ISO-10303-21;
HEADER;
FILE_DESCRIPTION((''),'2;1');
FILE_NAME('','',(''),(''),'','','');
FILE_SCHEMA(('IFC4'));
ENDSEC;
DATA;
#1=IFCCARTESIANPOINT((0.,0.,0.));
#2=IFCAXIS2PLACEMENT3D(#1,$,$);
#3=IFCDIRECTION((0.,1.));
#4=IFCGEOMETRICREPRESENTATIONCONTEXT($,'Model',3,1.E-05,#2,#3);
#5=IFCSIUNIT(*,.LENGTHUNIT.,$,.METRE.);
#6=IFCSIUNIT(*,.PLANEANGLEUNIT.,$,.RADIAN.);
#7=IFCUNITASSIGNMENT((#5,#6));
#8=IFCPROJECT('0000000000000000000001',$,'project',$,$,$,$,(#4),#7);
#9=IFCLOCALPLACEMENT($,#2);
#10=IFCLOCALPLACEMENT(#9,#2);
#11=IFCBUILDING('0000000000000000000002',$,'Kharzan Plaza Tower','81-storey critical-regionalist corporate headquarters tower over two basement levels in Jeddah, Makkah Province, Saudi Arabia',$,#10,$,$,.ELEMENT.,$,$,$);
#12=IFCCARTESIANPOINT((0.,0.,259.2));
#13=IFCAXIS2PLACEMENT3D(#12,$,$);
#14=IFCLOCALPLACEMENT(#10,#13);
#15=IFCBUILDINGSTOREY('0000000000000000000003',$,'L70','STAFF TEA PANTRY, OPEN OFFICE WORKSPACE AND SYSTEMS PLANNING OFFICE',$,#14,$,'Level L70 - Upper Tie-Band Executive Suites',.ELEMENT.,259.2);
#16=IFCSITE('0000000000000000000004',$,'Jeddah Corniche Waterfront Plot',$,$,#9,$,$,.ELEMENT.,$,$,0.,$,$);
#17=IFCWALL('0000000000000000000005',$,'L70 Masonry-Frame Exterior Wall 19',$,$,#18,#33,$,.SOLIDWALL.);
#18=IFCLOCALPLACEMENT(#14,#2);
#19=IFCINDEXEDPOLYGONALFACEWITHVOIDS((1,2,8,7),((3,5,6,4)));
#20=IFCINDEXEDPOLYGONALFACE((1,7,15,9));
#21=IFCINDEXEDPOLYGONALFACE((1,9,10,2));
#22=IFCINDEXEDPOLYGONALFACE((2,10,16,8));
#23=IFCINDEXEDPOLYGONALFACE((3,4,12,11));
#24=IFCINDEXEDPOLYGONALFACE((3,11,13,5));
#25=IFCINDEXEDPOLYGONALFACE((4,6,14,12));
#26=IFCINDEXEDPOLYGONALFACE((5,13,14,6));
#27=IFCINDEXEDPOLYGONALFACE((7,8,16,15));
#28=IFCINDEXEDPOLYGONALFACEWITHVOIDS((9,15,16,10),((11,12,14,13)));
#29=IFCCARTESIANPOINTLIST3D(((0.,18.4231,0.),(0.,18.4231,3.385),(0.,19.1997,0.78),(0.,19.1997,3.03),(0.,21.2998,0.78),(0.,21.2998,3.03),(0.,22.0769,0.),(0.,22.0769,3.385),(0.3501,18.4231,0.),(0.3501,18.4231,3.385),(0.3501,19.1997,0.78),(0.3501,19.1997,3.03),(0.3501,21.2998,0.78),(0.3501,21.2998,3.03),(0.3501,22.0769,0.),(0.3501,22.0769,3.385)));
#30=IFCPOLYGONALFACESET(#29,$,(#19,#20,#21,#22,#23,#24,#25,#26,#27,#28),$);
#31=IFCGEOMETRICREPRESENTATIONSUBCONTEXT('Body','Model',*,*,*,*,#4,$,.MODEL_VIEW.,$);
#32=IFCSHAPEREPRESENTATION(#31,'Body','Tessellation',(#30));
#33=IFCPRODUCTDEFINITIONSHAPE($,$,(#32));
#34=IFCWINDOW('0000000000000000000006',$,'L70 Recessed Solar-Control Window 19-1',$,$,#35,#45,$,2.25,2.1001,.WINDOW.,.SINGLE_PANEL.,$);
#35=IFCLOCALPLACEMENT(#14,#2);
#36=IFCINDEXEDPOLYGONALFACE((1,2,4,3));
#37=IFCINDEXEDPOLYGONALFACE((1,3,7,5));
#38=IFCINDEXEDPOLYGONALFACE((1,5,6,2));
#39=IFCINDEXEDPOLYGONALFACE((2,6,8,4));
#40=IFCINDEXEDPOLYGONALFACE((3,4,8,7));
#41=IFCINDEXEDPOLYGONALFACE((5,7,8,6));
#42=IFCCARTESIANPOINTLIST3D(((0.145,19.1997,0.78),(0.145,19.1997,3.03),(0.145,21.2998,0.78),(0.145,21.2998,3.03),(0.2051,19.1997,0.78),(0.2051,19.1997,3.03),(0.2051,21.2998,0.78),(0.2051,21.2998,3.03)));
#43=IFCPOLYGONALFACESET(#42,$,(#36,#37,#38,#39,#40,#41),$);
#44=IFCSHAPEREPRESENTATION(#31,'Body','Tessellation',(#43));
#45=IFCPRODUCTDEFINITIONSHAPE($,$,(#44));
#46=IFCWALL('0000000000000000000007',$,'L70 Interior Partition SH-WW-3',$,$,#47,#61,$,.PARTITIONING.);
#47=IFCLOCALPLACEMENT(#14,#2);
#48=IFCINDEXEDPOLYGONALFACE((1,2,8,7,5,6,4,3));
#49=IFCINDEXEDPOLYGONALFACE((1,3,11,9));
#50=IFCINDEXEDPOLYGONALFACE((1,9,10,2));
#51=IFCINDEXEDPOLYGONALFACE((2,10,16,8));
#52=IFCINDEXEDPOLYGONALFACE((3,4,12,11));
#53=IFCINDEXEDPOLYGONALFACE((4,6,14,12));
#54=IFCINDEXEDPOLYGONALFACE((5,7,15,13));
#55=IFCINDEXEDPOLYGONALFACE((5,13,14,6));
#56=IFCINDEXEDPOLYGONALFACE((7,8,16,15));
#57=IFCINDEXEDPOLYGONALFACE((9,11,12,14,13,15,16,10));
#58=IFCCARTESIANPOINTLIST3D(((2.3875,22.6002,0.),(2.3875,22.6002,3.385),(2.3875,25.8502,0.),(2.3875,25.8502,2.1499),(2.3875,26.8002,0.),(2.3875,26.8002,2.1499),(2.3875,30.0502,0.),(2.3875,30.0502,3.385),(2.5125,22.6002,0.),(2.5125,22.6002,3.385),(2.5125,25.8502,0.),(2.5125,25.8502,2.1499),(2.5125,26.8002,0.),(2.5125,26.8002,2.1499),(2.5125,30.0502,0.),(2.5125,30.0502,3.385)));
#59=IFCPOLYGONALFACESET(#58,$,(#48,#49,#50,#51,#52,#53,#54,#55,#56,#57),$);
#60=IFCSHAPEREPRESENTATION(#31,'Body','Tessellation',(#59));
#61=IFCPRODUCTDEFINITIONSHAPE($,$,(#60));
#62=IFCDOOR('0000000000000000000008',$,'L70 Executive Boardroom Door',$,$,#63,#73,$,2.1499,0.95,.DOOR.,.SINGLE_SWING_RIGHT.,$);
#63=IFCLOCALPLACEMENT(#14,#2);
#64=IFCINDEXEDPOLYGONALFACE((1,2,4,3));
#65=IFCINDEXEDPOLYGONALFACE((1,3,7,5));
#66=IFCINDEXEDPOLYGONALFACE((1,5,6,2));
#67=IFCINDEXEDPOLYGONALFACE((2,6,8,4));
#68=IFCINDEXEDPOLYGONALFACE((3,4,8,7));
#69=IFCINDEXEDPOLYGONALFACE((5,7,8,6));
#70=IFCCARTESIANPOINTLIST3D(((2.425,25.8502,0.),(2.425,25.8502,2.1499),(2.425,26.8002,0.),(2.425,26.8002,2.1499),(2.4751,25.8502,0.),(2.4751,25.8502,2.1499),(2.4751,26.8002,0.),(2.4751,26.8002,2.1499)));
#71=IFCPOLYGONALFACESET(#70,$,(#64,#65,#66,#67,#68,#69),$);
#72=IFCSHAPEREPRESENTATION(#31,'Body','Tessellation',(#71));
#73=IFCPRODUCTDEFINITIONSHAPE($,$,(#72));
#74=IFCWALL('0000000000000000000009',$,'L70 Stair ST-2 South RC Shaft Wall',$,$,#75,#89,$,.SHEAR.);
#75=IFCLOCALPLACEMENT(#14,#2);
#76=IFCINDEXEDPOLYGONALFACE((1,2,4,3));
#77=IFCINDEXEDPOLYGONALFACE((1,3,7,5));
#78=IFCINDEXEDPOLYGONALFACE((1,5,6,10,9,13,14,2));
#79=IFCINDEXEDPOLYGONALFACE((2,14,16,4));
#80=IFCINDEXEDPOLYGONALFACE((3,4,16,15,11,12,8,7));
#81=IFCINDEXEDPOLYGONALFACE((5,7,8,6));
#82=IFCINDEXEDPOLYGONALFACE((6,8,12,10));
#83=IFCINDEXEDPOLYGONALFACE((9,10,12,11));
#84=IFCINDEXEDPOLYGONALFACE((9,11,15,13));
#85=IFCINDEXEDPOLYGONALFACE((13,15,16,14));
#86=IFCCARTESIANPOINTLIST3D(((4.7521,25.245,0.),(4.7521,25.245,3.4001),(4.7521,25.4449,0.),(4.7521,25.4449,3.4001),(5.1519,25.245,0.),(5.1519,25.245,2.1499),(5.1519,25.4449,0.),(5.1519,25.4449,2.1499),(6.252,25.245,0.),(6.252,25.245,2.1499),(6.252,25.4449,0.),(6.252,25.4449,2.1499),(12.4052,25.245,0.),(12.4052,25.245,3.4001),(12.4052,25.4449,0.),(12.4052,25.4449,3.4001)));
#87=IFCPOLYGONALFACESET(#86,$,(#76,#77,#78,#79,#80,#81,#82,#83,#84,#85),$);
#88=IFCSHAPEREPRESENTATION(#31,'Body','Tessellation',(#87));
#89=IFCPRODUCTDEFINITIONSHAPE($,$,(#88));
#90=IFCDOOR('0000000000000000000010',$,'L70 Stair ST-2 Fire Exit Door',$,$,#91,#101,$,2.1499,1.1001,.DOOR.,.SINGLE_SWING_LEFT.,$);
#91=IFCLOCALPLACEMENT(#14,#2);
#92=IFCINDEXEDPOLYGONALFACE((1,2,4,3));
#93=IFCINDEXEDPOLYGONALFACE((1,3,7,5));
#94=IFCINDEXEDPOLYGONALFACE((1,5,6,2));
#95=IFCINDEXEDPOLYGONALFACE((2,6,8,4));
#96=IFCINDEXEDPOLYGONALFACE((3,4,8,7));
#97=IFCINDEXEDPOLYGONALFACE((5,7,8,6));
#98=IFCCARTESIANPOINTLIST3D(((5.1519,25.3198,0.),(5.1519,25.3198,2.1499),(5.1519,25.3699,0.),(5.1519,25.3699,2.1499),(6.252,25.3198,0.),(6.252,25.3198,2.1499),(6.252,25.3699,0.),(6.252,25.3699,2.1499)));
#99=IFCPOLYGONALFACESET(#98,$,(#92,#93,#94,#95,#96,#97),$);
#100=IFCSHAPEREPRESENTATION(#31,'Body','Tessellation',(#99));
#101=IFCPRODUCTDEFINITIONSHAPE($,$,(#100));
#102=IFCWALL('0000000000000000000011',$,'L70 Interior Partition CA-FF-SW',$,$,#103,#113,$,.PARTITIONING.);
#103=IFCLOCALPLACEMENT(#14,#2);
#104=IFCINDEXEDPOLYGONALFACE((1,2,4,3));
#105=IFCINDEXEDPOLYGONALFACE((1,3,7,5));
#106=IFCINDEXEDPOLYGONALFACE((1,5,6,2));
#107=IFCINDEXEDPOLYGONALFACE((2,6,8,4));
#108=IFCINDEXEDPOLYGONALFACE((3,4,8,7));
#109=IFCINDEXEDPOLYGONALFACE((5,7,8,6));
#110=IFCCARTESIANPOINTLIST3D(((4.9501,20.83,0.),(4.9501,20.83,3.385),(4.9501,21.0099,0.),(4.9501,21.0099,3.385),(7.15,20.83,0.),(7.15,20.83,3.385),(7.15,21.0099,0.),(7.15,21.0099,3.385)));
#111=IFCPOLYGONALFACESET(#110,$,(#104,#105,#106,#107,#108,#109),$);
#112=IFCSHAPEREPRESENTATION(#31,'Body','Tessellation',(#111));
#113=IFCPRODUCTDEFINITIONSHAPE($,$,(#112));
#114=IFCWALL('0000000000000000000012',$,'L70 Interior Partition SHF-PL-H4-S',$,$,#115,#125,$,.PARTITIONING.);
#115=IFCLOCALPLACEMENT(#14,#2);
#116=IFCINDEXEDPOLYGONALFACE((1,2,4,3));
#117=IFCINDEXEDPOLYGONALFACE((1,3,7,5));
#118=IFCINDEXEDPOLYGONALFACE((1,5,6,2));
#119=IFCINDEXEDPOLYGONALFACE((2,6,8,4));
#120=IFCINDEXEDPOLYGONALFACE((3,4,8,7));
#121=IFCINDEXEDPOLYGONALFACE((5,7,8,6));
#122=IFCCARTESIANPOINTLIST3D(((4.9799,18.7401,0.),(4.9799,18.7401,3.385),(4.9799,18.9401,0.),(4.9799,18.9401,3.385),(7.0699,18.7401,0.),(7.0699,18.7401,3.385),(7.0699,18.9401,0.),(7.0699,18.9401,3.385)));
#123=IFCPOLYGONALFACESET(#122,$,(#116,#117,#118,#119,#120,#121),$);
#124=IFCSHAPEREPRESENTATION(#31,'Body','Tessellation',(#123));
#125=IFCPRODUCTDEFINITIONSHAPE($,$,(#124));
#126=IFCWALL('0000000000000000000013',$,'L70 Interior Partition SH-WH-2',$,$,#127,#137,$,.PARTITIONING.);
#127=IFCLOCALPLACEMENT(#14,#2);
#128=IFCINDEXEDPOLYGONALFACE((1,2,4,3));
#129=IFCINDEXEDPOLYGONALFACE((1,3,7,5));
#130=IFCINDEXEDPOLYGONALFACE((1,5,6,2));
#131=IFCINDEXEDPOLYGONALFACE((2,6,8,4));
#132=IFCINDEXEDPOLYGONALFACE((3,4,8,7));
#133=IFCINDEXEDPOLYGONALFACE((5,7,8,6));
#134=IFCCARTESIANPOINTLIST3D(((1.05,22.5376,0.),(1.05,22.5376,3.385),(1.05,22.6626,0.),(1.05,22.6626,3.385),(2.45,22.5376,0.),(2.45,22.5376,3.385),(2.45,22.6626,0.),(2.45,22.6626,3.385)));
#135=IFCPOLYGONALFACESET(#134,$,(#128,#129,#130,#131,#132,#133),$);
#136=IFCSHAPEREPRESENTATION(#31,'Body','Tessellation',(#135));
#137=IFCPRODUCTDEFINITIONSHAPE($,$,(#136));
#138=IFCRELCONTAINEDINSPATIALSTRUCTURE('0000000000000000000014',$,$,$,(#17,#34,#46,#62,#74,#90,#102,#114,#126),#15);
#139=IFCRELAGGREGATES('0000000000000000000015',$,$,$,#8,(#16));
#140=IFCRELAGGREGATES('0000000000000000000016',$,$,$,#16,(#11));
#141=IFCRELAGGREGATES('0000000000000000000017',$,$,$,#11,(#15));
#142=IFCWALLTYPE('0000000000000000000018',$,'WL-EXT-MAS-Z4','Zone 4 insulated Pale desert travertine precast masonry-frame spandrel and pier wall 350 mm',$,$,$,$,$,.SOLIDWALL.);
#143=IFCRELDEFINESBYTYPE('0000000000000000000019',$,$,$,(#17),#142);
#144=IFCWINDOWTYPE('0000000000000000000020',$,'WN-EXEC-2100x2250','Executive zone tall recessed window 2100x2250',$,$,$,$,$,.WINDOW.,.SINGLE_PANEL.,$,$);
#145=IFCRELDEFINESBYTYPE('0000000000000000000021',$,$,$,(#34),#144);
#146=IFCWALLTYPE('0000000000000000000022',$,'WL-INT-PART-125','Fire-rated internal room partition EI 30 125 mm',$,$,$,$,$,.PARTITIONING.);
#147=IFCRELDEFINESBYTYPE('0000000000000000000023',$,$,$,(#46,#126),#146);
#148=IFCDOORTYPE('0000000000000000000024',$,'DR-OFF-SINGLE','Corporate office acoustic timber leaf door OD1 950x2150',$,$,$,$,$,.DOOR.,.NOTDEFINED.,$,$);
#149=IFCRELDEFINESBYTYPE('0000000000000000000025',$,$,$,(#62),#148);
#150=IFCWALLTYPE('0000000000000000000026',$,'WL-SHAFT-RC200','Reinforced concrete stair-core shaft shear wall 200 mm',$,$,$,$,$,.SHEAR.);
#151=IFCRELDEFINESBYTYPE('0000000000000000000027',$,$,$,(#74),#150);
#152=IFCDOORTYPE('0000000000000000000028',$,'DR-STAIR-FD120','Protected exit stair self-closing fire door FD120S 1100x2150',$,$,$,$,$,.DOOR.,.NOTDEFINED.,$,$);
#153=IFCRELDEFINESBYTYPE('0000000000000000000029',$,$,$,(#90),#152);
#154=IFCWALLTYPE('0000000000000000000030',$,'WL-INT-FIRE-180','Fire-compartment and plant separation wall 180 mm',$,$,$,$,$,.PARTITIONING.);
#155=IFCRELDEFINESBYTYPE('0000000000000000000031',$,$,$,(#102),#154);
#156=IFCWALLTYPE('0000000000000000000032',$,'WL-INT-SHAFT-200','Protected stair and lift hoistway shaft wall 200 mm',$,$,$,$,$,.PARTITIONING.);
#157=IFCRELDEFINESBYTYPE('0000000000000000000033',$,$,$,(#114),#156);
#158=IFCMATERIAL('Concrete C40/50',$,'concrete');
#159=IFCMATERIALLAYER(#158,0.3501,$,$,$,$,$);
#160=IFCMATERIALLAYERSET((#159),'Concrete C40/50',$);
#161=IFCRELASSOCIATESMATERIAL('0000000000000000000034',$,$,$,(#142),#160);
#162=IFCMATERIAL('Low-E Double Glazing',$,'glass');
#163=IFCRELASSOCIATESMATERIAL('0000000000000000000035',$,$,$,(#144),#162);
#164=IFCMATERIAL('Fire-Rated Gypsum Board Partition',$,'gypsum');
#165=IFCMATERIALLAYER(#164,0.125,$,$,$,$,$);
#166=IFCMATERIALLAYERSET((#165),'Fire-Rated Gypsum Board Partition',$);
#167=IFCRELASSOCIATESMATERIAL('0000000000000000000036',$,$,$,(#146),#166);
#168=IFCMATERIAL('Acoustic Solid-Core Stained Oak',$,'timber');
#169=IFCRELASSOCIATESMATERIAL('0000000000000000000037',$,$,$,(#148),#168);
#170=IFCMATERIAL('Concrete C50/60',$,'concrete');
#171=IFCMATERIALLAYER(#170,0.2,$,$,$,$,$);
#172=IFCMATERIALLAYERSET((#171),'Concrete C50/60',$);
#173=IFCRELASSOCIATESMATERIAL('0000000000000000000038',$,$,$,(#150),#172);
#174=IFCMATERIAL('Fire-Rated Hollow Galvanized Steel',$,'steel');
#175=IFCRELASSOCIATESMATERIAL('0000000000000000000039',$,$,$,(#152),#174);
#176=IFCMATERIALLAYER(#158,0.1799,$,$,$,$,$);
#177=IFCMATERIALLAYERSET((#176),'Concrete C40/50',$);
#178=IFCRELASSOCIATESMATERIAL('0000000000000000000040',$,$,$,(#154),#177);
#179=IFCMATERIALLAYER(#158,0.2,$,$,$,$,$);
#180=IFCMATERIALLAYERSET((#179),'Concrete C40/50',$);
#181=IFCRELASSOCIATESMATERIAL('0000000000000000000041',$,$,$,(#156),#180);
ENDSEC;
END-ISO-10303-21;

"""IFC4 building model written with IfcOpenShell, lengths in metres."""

from ifc_helpers import new_model, si_unit, direction, frame, frame_2d, origin, place, context, subcontext, project, spatial, rectangle, extrude, source, transform, mapped, material, layer, layer_set, type_object, element, fill, save


model = new_model("IFC4")

# Units and contexts
model_context = context("Model", 3, precision=1e-05, world=origin(), true_north=direction((0.0, 1.0)))
body_context = subcontext(model_context, "Body", "Model", "MODEL_VIEW")
ifc_project = project(units=[si_unit("LENGTHUNIT", "METRE"), si_unit("PLANEANGLEUNIT", "RADIAN")], contexts=[model_context])

# Site, building, storey
site_placement = place(None, origin())
site = spatial("IfcSite", under=ifc_project, at=site_placement, Name="Jeddah Corniche Waterfront Plot", CompositionType="ELEMENT", RefElevation=0.0)
building_placement = place(site_placement, origin())
building = spatial("IfcBuilding", under=site, at=building_placement, Name="Kharzan Plaza Tower", Description="81-storey critical-regionalist corporate headquarters tower over two basement levels in Jeddah, Makkah Province, Saudi Arabia", CompositionType="ELEMENT")
storey_placement = place(building_placement, frame((0.0, 0.0, 259.2)))
storey = spatial("IfcBuildingStorey", under=building, at=storey_placement, Name="L70", Description="STAFF TEA PANTRY, OPEN OFFICE WORKSPACE AND SYSTEMS PLANNING OFFICE", LongName="Level L70 - Upper Tie-Band Executive Suites", CompositionType="ELEMENT", Elevation=259.2)

# Shared definitions
ifc_material_1 = material(Name="Concrete C50/60", Category="concrete")

# Wall, opening, window
ifc_material_2 = material(Name="Concrete C40/50", Category="concrete")
ifc_layer_1 = layer(ifc_material_2, 0.3501)
ifc_layer_set_1 = layer_set([ifc_layer_1], Name="Concrete C40/50")
wall_type_1 = type_object("IfcWallType", Name="WL-EXT-MAS-Z4", Description="Zone 4 insulated Pale desert travertine precast masonry-frame spandrel and pier wall 350 mm", PredefinedType="SOLIDWALL", material=ifc_layer_set_1)
ifc_material_3 = material(Name="Low-E Double Glazing", Category="glass")
window_type = type_object("IfcWindowType", Name="WN-EXEC-2100x2250", Description="Executive zone tall recessed window 2100x2250", PartitioningType="SINGLE_PANEL", PredefinedType="WINDOW", material=ifc_material_3)
shared_shape_1 = source(origin(), body_context, "Body", "SweptSolid", [
    extrude(rectangle(XDim=2.1001, YDim=2.25, at=frame_2d((1.05, 1.125))), frame((0.0, 0.03, 0.0), z_axis=(0.0, -1.0, 0.0), x_axis=(1.0, 0.0, 0.0)), (0.0, 0.0, 1.0), 0.0601),
])
wall_1_placement = place(storey_placement, frame((0.175, 22.0769, 0.0), z_axis=(0.0, 0.0, 1.0), x_axis=(0.0, -1.0, 0.0)))
wall_1 = element("IfcWall", 1, at=wall_1_placement, inside=storey, type_object=wall_type_1, Name="L70 Masonry-Frame Exterior Wall 19", PredefinedType="SOLIDWALL", context=body_context, shape_type="SweptSolid", body=[
    extrude(rectangle(XDim=3.6538, YDim=0.3501, at=frame_2d((1.8269, 0.0))), origin(), (0.0, 0.0, 1.0), 3.385),
])
opening_1_placement = place(wall_1_placement, frame((0.7771, 0.0, 0.78)))
opening_1 = element("IfcOpeningElement", 2, at=opening_1_placement, cuts=wall_1, PredefinedType="OPENING", context=body_context, shape_type="SweptSolid", body=[
    extrude(rectangle(XDim=2.1001, YDim=2.25, at=frame_2d((1.05, 1.125))), frame((0.0, 0.1851, 0.0), z_axis=(0.0, -1.0, 0.0), x_axis=(1.0, 0.0, 0.0)), (0.0, 0.0, 1.0), 0.3701),
])
window_1_placement = place(opening_1_placement, origin())
window_1 = element("IfcWindow", 3, at=window_1_placement, inside=storey, type_object=window_type, Name="L70 Recessed Solar-Control Window 19-1", OverallHeight=2.25, OverallWidth=2.1001, PartitioningType="SINGLE_PANEL", PredefinedType="WINDOW", context=body_context, shape_type="MappedRepresentation", body=[
    mapped(shared_shape_1, transform((0.0, 0.0, 0.0), x_axis=(1.0, 0.0, 0.0), y_axis=(0.0, 1.0, 0.0), z_axis=(0.0, 0.0, 1.0))),
])
fill(opening_1, window_1)

# Walls, openings, doors
ifc_material_4 = material(Name="Fire-Rated Gypsum Board Partition", Category="gypsum")
ifc_layer_2 = layer(ifc_material_4, 0.125)
ifc_layer_set_2 = layer_set([ifc_layer_2], Name="Fire-Rated Gypsum Board Partition")
wall_type_2 = type_object("IfcWallType", Name="WL-INT-PART-125", Description="Fire-rated internal room partition EI 30 125 mm", PredefinedType="PARTITIONING", material=ifc_layer_set_2)
wall_2_placement = place(storey_placement, frame((2.45, 22.6001, 0.0), z_axis=(0.0, 0.0, 1.0), x_axis=(0.0, 1.0, 0.0)))
wall_2 = element("IfcWall", 4, at=wall_2_placement, inside=storey, type_object=wall_type_2, Name="L70 Interior Partition SH-WW-3", PredefinedType="PARTITIONING", context=body_context, shape_type="SweptSolid", body=[
    extrude(rectangle(XDim=7.45, YDim=0.125, at=frame_2d((3.7251, 0.0))), origin(), (0.0, 0.0, 1.0), 3.385),
])
opening_2_placement = place(wall_2_placement, frame((3.25, 0.0, 0.0)))
opening_2 = element("IfcOpeningElement", 5, at=opening_2_placement, cuts=wall_2, PredefinedType="OPENING", context=body_context, shape_type="SweptSolid", body=[
    extrude(rectangle(XDim=0.95, YDim=2.1499, at=frame_2d((0.4751, 1.075))), frame((0.0, 0.0725, 0.0), z_axis=(0.0, -1.0, 0.0), x_axis=(1.0, 0.0, 0.0)), (0.0, 0.0, 1.0), 0.145),
])
ifc_material_5 = material(Name="Acoustic Solid-Core Stained Oak", Category="timber")
door_type_1 = type_object("IfcDoorType", Name="DR-OFF-SINGLE", Description="Corporate office acoustic timber leaf door OD1 950x2150", OperationType="NOTDEFINED", PredefinedType="DOOR", material=ifc_material_5)
shared_shape_2 = source(origin(), body_context, "Body", "SweptSolid", [
    extrude(rectangle(XDim=0.95, YDim=2.1499, at=frame_2d((0.4751, 1.075))), frame((0.0, 0.0249, 0.0), z_axis=(0.0, -1.0, 0.0), x_axis=(1.0, 0.0, 0.0)), (0.0, 0.0, 1.0), 0.05),
])
door_1_placement = place(opening_2_placement, origin())
door_1 = element("IfcDoor", 6, at=door_1_placement, inside=storey, type_object=door_type_1, Name="L70 Executive Boardroom Door", OperationType="SINGLE_SWING_RIGHT", OverallHeight=2.1499, OverallWidth=0.95, PredefinedType="DOOR", context=body_context, shape_type="MappedRepresentation", body=[
    mapped(shared_shape_2, transform((0.0, 0.0, 0.0), x_axis=(1.0, 0.0, 0.0), y_axis=(0.0, 1.0, 0.0), z_axis=(0.0, 0.0, 1.0))),
])
fill(opening_2, door_1)
ifc_layer_3 = layer(ifc_material_1, 0.2)
ifc_layer_set_3 = layer_set([ifc_layer_3], Name="Concrete C50/60")
wall_type_3 = type_object("IfcWallType", Name="WL-SHAFT-RC200", Description="Reinforced concrete stair-core shaft shear wall 200 mm", PredefinedType="SHEAR", material=ifc_layer_set_3)
wall_3_placement = place(storey_placement, frame((4.752, 25.345, 0.0), z_axis=(0.0, 0.0, 1.0), x_axis=(1.0, 0.0, 0.0)))
wall_3 = element("IfcWall", 7, at=wall_3_placement, inside=storey, type_object=wall_type_3, Name="L70 Stair ST-2 South RC Shaft Wall", PredefinedType="SHEAR", context=body_context, shape_type="SweptSolid", body=[
    extrude(rectangle(XDim=7.6531, YDim=0.2, at=frame_2d((3.8267, 0.0))), origin(), (0.0, 0.0, 1.0), 3.4001),
])
opening_3_placement = place(wall_3_placement, frame((0.3999, 0.0, 0.0)))
opening_3 = element("IfcOpeningElement", 8, at=opening_3_placement, cuts=wall_3, PredefinedType="OPENING", context=body_context, shape_type="SweptSolid", body=[
    extrude(rectangle(XDim=1.1001, YDim=2.1499, at=frame_2d((0.55, 1.075))), frame((0.0, 0.1099, 0.0), z_axis=(0.0, -1.0, 0.0), x_axis=(1.0, 0.0, 0.0)), (0.0, 0.0, 1.0), 0.22),
])
ifc_material_6 = material(Name="Fire-Rated Hollow Galvanized Steel", Category="steel")
door_type_2 = type_object("IfcDoorType", Name="DR-STAIR-FD120", Description="Protected exit stair self-closing fire door FD120S 1100x2150", OperationType="NOTDEFINED", PredefinedType="DOOR", material=ifc_material_6)
shared_shape_3 = source(origin(), body_context, "Body", "SweptSolid", [
    extrude(rectangle(XDim=1.1001, YDim=2.1499, at=frame_2d((0.55, 1.075))), frame((0.0, 0.0249, 0.0), z_axis=(0.0, -1.0, 0.0), x_axis=(1.0, 0.0, 0.0)), (0.0, 0.0, 1.0), 0.05),
])
door_2_placement = place(opening_3_placement, origin())
door_2 = element("IfcDoor", 9, at=door_2_placement, inside=storey, type_object=door_type_2, Name="L70 Stair ST-2 Fire Exit Door", OperationType="SINGLE_SWING_LEFT", OverallHeight=2.1499, OverallWidth=1.1001, PredefinedType="DOOR", context=body_context, shape_type="MappedRepresentation", body=[
    mapped(shared_shape_3, transform((0.0, 0.0, 0.0), x_axis=(1.0, 0.0, 0.0), y_axis=(0.0, 1.0, 0.0), z_axis=(0.0, 0.0, 1.0))),
])
fill(opening_3, door_2)

# Walls
ifc_layer_4 = layer(ifc_material_2, 0.1799)
ifc_layer_set_4 = layer_set([ifc_layer_4], Name="Concrete C40/50")
wall_type_4 = type_object("IfcWallType", Name="WL-INT-FIRE-180", Description="Fire-compartment and plant separation wall 180 mm", PredefinedType="PARTITIONING", material=ifc_layer_set_4)
shared_shape_4 = source(origin(), body_context, "Body", "SweptSolid", [
    extrude(rectangle(XDim=2.2, YDim=0.1799, at=frame_2d((1.1001, 0.0))), origin(), (0.0, 0.0, 1.0), 3.385),
])
wall_4_placement = place(storey_placement, frame((4.95, 20.9199, 0.0), z_axis=(0.0, 0.0, 1.0), x_axis=(1.0, 0.0, 0.0)))
element("IfcWall", 10, at=wall_4_placement, inside=storey, type_object=wall_type_4, Name="L70 Interior Partition CA-FF-SW", PredefinedType="PARTITIONING", context=body_context, shape_type="MappedRepresentation", body=[
    mapped(shared_shape_4, transform((0.0, 0.0, 0.0), x_axis=(1.0, 0.0, 0.0), y_axis=(0.0, 1.0, 0.0), z_axis=(0.0, 0.0, 1.0))),
])
ifc_layer_5 = layer(ifc_material_2, 0.2)
ifc_layer_set_5 = layer_set([ifc_layer_5], Name="Concrete C40/50")
wall_type_5 = type_object("IfcWallType", Name="WL-INT-SHAFT-200", Description="Protected stair and lift hoistway shaft wall 200 mm", PredefinedType="PARTITIONING", material=ifc_layer_set_5)
shared_shape_5 = source(origin(), body_context, "Body", "SweptSolid", [
    extrude(rectangle(XDim=2.0901, YDim=0.2, at=frame_2d((1.0449, 0.0))), origin(), (0.0, 0.0, 1.0), 3.385),
])
wall_5_placement = place(storey_placement, frame((4.98, 18.8401, 0.0), z_axis=(0.0, 0.0, 1.0), x_axis=(1.0, 0.0, 0.0)))
element("IfcWall", 11, at=wall_5_placement, inside=storey, type_object=wall_type_5, Name="L70 Interior Partition SHF-PL-H4-S", PredefinedType="PARTITIONING", context=body_context, shape_type="MappedRepresentation", body=[
    mapped(shared_shape_5, transform((0.0, 0.0, 0.0), x_axis=(1.0, 0.0, 0.0), y_axis=(0.0, 1.0, 0.0), z_axis=(0.0, 0.0, 1.0))),
])
shared_shape_6 = source(origin(), body_context, "Body", "SweptSolid", [
    extrude(rectangle(XDim=1.3999, YDim=0.125, at=frame_2d((0.7, 0.0))), origin(), (0.0, 0.0, 1.0), 3.385),
])
wall_6_placement = place(storey_placement, frame((1.05, 22.6001, 0.0), z_axis=(0.0, 0.0, 1.0), x_axis=(1.0, 0.0, 0.0)))
element("IfcWall", 12, at=wall_6_placement, inside=storey, type_object=wall_type_2, Name="L70 Interior Partition SH-WH-2", PredefinedType="PARTITIONING", context=body_context, shape_type="MappedRepresentation", body=[
    mapped(shared_shape_6, transform((0.0, 0.0, 0.0), x_axis=(1.0, 0.0, 0.0), y_axis=(0.0, 1.0, 0.0), z_axis=(0.0, 0.0, 1.0))),
])

save(model, "model.ifc")
